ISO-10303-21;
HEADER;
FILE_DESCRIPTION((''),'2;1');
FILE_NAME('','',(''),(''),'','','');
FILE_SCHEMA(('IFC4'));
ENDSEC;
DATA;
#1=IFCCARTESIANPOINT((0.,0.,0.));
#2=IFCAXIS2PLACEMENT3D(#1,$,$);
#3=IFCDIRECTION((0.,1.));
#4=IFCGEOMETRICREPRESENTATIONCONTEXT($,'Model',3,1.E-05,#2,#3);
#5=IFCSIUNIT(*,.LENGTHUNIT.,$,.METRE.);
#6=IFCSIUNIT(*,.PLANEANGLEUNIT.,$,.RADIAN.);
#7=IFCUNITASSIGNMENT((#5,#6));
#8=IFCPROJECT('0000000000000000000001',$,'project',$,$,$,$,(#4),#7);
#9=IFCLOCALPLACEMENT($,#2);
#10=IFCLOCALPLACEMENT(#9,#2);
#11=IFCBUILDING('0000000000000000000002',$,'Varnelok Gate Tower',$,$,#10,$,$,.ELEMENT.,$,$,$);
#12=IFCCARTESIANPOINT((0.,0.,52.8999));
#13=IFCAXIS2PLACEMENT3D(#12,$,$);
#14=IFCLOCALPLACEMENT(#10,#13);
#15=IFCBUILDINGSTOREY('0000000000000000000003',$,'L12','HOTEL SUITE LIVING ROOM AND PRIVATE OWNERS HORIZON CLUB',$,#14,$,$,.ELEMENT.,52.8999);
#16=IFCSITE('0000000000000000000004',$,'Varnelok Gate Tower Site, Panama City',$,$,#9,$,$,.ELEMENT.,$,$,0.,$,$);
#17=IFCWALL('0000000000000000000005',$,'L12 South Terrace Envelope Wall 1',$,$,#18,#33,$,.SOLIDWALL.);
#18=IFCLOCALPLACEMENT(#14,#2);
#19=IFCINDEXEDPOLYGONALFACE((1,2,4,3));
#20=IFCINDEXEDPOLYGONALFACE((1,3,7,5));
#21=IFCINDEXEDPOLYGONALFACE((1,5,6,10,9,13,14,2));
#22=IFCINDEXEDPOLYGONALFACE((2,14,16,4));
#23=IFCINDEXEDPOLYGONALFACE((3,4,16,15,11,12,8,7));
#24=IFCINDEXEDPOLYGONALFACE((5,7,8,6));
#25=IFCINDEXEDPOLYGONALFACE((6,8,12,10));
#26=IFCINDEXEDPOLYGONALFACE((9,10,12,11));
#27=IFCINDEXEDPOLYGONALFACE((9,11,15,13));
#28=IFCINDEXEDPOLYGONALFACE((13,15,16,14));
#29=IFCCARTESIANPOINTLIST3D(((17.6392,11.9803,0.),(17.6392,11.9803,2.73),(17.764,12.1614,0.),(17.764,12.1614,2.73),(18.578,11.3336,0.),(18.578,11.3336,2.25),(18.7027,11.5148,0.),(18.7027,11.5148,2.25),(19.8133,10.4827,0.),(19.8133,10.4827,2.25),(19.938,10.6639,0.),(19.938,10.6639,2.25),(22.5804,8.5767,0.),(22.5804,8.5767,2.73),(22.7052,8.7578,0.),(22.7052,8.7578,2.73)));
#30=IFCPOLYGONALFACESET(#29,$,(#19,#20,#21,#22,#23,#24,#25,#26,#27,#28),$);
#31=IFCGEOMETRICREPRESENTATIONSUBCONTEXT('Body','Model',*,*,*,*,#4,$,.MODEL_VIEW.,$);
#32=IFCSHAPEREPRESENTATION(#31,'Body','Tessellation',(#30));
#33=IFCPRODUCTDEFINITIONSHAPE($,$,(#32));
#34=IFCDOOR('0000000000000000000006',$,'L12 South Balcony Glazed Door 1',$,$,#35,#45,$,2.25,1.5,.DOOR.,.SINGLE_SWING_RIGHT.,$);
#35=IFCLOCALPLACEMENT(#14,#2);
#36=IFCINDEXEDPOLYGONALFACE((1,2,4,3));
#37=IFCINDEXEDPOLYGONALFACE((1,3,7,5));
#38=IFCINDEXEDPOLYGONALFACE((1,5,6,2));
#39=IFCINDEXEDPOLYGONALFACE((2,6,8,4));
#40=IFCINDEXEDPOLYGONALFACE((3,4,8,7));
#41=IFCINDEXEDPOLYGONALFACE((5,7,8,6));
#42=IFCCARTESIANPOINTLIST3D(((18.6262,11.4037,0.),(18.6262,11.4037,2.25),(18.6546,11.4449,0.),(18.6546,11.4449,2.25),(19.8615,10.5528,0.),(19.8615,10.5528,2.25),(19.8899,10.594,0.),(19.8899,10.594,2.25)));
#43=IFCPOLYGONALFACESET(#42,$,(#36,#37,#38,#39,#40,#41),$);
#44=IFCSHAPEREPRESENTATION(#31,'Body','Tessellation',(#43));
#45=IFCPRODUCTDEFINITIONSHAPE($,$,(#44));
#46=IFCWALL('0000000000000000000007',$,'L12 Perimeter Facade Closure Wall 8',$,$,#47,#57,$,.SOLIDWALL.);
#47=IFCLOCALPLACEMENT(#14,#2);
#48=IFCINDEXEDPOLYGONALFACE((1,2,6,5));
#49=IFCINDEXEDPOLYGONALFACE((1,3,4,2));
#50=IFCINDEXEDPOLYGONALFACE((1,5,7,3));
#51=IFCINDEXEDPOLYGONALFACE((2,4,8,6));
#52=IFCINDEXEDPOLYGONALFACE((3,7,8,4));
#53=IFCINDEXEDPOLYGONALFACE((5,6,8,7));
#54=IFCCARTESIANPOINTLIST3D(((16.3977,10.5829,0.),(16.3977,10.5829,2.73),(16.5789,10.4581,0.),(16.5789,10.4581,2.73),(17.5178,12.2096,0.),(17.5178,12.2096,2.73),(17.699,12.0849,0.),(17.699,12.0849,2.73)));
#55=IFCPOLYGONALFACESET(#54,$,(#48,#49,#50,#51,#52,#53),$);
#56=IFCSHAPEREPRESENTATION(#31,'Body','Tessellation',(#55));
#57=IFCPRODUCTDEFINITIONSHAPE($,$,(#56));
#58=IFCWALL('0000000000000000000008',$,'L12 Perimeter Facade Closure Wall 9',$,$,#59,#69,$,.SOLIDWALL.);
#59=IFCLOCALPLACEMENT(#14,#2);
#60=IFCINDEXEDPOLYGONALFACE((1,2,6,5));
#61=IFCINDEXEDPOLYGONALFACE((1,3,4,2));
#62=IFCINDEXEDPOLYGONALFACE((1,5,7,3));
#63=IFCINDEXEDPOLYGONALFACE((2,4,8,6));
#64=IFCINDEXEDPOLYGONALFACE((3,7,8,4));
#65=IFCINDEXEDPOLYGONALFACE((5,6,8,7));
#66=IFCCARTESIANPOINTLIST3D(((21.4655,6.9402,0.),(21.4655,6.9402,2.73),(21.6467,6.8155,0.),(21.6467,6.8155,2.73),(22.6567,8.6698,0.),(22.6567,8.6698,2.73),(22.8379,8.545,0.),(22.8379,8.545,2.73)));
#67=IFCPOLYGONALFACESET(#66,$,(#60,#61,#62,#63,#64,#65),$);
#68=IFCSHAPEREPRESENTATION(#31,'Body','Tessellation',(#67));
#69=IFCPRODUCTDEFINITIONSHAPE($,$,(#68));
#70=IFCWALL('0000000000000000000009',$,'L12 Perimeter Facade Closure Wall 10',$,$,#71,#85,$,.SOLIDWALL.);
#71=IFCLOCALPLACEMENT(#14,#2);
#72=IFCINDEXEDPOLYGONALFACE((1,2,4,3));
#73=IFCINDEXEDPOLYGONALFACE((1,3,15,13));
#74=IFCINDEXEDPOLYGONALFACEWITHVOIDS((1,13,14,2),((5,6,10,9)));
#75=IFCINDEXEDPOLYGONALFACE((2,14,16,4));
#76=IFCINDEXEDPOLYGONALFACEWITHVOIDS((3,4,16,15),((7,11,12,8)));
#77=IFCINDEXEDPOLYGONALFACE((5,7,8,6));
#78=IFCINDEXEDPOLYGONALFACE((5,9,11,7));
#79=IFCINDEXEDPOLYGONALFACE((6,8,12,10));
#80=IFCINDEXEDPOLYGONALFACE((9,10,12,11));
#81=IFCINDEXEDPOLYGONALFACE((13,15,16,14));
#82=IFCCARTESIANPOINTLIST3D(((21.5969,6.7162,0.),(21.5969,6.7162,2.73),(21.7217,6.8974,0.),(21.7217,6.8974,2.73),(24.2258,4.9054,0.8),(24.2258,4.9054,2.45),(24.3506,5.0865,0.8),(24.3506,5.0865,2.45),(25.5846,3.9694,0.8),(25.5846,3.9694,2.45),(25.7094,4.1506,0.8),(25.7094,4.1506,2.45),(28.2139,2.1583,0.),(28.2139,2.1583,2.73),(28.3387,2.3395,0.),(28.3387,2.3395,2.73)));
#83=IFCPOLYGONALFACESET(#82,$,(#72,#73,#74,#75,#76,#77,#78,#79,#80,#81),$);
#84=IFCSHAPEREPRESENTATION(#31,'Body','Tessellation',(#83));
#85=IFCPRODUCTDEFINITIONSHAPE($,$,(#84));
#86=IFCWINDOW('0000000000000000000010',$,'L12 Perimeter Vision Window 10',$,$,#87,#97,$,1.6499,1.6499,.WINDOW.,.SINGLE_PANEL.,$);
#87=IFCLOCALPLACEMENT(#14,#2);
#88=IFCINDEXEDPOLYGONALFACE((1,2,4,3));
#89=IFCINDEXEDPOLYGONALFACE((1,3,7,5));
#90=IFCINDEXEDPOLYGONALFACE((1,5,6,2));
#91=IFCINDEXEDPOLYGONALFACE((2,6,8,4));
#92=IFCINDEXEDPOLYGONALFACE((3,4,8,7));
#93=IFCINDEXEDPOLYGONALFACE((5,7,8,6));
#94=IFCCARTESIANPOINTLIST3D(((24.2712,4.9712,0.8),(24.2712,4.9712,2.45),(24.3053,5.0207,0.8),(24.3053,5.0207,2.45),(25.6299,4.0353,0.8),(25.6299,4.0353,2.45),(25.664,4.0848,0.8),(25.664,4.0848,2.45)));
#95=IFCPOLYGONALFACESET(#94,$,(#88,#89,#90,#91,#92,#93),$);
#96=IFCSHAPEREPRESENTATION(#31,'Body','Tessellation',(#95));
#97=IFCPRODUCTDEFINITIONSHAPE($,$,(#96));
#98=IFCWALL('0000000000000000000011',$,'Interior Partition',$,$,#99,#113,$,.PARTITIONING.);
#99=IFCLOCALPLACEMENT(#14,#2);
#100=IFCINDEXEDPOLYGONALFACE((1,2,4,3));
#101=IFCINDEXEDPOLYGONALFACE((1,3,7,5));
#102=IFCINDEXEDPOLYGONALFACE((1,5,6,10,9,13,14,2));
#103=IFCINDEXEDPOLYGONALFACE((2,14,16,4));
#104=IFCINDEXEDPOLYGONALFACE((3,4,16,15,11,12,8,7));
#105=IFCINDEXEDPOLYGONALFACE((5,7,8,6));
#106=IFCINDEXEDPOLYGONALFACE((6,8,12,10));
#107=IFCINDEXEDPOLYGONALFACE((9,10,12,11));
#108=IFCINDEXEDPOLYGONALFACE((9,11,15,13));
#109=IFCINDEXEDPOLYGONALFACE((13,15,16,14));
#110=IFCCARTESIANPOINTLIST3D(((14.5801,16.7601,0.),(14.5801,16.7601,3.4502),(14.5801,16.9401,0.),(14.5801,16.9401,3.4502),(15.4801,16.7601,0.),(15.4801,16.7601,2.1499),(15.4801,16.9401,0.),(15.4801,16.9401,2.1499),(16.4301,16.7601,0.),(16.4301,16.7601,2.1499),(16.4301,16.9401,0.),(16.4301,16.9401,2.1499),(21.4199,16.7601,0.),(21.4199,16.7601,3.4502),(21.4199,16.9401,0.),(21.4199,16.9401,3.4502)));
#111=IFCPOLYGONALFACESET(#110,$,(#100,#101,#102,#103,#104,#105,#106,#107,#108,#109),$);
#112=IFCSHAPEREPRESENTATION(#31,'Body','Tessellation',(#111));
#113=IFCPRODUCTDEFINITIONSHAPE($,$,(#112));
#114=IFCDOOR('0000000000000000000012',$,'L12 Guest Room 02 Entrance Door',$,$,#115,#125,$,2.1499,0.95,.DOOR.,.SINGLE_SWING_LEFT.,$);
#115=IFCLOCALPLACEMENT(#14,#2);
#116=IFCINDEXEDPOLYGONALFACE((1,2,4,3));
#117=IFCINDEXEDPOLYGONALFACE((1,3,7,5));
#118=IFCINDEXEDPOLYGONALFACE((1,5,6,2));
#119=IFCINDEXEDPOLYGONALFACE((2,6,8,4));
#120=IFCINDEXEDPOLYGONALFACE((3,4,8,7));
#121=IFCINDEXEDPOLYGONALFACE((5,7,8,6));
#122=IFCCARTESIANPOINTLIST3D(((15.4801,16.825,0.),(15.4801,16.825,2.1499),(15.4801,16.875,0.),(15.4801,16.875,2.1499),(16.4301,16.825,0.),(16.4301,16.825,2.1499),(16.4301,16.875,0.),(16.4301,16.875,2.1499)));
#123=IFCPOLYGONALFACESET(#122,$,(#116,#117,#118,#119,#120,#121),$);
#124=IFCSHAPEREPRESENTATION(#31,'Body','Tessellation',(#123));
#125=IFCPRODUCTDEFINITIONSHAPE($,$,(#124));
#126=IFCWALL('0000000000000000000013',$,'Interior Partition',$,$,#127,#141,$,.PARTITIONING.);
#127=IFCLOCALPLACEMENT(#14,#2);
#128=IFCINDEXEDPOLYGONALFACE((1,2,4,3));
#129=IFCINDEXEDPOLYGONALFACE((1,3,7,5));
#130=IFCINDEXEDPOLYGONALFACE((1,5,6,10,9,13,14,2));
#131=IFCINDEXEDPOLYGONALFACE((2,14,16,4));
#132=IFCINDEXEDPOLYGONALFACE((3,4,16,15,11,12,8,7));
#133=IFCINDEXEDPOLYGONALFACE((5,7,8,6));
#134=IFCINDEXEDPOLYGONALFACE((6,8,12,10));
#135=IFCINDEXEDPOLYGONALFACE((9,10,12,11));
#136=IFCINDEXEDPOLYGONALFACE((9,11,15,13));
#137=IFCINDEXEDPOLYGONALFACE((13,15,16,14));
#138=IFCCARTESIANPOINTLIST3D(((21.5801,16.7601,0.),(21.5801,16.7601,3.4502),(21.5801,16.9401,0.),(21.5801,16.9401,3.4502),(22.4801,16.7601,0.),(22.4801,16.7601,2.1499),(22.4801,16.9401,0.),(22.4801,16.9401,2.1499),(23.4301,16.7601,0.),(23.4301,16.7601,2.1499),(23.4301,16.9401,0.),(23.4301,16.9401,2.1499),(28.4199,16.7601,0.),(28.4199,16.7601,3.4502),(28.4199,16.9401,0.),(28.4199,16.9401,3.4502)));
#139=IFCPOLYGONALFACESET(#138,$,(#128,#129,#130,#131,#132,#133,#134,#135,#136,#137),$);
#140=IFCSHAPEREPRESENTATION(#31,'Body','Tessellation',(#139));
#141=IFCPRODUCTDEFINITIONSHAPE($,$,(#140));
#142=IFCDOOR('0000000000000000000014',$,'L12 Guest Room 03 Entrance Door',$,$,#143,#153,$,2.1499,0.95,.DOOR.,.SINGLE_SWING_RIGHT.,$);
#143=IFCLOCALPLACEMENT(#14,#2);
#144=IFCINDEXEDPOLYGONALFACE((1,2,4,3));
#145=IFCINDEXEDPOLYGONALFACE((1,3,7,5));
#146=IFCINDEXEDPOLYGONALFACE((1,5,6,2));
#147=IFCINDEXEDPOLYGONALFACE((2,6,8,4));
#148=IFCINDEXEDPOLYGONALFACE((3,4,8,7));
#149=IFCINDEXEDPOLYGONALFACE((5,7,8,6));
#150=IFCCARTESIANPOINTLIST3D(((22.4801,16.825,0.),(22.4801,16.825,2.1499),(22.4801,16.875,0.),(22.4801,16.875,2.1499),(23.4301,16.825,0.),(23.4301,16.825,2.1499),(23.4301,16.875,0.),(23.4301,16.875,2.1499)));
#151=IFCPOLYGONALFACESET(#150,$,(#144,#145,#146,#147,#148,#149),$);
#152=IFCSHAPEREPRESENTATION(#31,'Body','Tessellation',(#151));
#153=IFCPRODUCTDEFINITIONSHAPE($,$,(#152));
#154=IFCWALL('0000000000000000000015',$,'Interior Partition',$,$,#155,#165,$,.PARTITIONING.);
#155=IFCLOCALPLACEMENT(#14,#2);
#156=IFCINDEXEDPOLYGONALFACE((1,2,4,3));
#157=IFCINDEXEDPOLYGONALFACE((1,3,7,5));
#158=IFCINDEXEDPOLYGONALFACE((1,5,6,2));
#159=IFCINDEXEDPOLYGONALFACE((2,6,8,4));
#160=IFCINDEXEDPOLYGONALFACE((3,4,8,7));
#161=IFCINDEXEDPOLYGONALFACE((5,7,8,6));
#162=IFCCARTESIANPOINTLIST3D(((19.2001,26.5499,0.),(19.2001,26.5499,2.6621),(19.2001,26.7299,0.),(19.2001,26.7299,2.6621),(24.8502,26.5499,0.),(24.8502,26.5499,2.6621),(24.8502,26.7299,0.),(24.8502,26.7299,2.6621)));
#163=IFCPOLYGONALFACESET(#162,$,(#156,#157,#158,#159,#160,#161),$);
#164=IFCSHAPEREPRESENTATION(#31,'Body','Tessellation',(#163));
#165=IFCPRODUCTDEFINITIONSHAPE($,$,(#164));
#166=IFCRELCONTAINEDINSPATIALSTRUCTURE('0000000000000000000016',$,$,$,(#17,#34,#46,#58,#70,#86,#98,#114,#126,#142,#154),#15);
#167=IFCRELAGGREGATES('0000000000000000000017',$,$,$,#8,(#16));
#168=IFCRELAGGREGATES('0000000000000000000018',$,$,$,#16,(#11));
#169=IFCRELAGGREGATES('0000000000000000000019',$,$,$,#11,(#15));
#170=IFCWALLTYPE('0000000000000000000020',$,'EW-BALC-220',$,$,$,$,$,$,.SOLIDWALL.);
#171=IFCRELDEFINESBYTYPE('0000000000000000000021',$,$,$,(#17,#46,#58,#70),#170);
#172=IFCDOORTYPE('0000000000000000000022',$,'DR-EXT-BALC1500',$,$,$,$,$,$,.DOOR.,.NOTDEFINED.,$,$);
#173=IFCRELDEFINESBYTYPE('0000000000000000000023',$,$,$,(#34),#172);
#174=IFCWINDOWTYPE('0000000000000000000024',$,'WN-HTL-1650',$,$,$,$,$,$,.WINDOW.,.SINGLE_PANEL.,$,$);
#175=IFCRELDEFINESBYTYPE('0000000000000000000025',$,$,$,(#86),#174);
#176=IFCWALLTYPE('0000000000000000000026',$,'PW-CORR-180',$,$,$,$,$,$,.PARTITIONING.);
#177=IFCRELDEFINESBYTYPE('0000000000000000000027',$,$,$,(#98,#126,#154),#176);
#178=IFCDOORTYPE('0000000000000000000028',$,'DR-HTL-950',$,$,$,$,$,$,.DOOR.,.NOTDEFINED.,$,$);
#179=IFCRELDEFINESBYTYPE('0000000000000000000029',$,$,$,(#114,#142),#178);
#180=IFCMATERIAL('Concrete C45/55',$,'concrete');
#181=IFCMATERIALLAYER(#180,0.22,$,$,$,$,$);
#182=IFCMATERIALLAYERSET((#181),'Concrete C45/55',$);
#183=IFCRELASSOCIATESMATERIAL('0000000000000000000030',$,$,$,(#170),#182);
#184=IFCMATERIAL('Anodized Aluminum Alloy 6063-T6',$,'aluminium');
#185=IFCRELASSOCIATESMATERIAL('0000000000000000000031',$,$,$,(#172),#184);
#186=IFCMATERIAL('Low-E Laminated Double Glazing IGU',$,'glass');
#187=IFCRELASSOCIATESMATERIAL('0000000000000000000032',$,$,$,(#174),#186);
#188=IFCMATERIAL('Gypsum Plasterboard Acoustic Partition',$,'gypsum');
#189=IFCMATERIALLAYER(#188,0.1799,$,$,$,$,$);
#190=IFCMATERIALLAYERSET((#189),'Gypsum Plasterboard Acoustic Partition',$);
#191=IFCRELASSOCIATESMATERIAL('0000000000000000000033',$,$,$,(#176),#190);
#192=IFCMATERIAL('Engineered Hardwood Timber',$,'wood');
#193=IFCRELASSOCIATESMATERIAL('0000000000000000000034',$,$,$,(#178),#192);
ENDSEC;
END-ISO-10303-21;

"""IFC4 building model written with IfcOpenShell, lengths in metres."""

from ifc_helpers import new_model, si_unit, direction, frame, frame_2d, origin, place, context, subcontext, project, spatial, rectangle, extrude, material, layer, layer_set, type_object, element, fill, save


model = new_model("IFC4")

# Units and contexts
model_context = context("Model", 3, precision=1e-05, world=origin(), true_north=direction((0.0, 1.0)))
body_context = subcontext(model_context, "Body", "Model", "MODEL_VIEW")
ifc_project = project(units=[si_unit("LENGTHUNIT", "METRE"), si_unit("PLANEANGLEUNIT", "RADIAN")], contexts=[model_context])

# Site, building, storey
site_placement = place(None, origin())
site = spatial("IfcSite", under=ifc_project, at=site_placement, Name="Varnelok Gate Tower Site, Panama City", CompositionType="ELEMENT", RefElevation=0.0)
building_placement = place(site_placement, origin())
building = spatial("IfcBuilding", under=site, at=building_placement, Name="Varnelok Gate Tower", CompositionType="ELEMENT")
storey_placement = place(building_placement, frame((0.0, 0.0, 52.8999)))
storey = spatial("IfcBuildingStorey", under=building, at=storey_placement, Name="L12", Description="HOTEL SUITE LIVING ROOM AND PRIVATE OWNERS HORIZON CLUB", CompositionType="ELEMENT", Elevation=52.8999)

# Wall, opening, door
ifc_material_1 = material(Name="Concrete C45/55", Category="concrete")
ifc_layer_1 = layer(ifc_material_1, 0.22)
ifc_layer_set_1 = layer_set([ifc_layer_1], Name="Concrete C45/55")
wall_type_1 = type_object("IfcWallType", Name="EW-BALC-220", PredefinedType="SOLIDWALL", material=ifc_layer_set_1)
wall_1_placement = place(storey_placement, frame((22.6428, 8.6672, 0.0), z_axis=(0.0, 0.0, 1.0), x_axis=(-0.823535, 0.567266, 0.0)))
wall_1 = element("IfcWall", 1, at=wall_1_placement, inside=storey, type_object=wall_type_1, Name="L12 South Terrace Envelope Wall 1", PredefinedType="SOLIDWALL", context=body_context, shape_type="SweptSolid", body=[
    extrude(rectangle(XDim=6.0, YDim=0.22, at=frame_2d((3.0, 0.0))), origin(), (0.0, 0.0, 1.0), 2.73),
])
opening_1_placement = place(wall_1_placement, frame((3.3601, 0.0, 0.0)))
opening_1 = element("IfcOpeningElement", 2, at=opening_1_placement, cuts=wall_1, PredefinedType="OPENING", context=body_context, shape_type="SweptSolid", body=[
    extrude(rectangle(XDim=1.5, YDim=2.25, at=frame_2d((0.75, 1.125))), frame((0.0, 0.1199, 0.0), z_axis=(0.0, -1.0, 0.0), x_axis=(1.0, 0.0, 0.0)), (0.0, 0.0, 1.0), 0.24),
])
ifc_material_2 = material(Name="Anodized Aluminum Alloy 6063-T6", Category="aluminium")
door_type_1 = type_object("IfcDoorType", Name="DR-EXT-BALC1500", OperationType="NOTDEFINED", PredefinedType="DOOR", material=ifc_material_2)
door_1_placement = place(opening_1_placement, origin())
door_1 = element("IfcDoor", 3, at=door_1_placement, inside=storey, type_object=door_type_1, Name="L12 South Balcony Glazed Door 1", OperationType="SINGLE_SWING_RIGHT", OverallHeight=2.25, OverallWidth=1.5, PredefinedType="DOOR", context=body_context, shape_type="SweptSolid", body=[
    extrude(rectangle(XDim=1.5, YDim=2.25, at=frame_2d((0.75, 1.125))), frame((0.0, 0.0249, 0.0), z_axis=(0.0, -1.0, 0.0), x_axis=(1.0, 0.0, 0.0)), (0.0, 0.0, 1.0), 0.05),
])
fill(opening_1, door_1)

# Walls
wall_2_placement = place(storey_placement, frame((16.4883, 10.5205, 0.0), z_axis=(0.0, 0.0, 1.0), x_axis=(0.567132, 0.823627, 0.0)))
element("IfcWall", 4, at=wall_2_placement, inside=storey, type_object=wall_type_1, Name="L12 Perimeter Facade Closure Wall 8", PredefinedType="SOLIDWALL", context=body_context, shape_type="SweptSolid", body=[
    extrude(rectangle(XDim=1.9751, YDim=0.22, at=frame_2d((0.9875, 0.0))), origin(), (0.0, 0.0, 1.0), 2.73),
])
wall_3_placement = place(storey_placement, frame((22.7473, 8.6074, 0.0), z_axis=(0.0, 0.0, 1.0), x_axis=(-0.567219, -0.823567, 0.0)))
element("IfcWall", 5, at=wall_3_placement, inside=storey, type_object=wall_type_1, Name="L12 Perimeter Facade Closure Wall 9", PredefinedType="SOLIDWALL", context=body_context, shape_type="SweptSolid", body=[
    extrude(rectangle(XDim=2.1001, YDim=0.22, at=frame_2d((1.05, 0.0))), origin(), (0.0, 0.0, 1.0), 2.73),
])

# Wall, opening, window
wall_4_placement = place(storey_placement, frame((21.6592, 6.8069, 0.0), z_axis=(0.0, 0.0, 1.0), x_axis=(0.823535, -0.567265, 0.0)))
wall_4 = element("IfcWall", 6, at=wall_4_placement, inside=storey, type_object=wall_type_1, Name="L12 Perimeter Facade Closure Wall 10", PredefinedType="SOLIDWALL", context=body_context, shape_type="SweptSolid", body=[
    extrude(rectangle(XDim=8.0349, YDim=0.22, at=frame_2d((4.0176, 0.0))), origin(), (0.0, 0.0, 1.0), 2.73),
])
opening_2_placement = place(wall_4_placement, frame((3.1924, 0.0, 0.8)))
opening_2 = element("IfcOpeningElement", 7, at=opening_2_placement, cuts=wall_4, PredefinedType="OPENING", context=body_context, shape_type="SweptSolid", body=[
    extrude(rectangle(XDim=1.6499, YDim=1.6499, at=frame_2d((0.825, 0.825))), frame((0.0, 0.1199, 0.0), z_axis=(0.0, -1.0, 0.0), x_axis=(1.0, 0.0, 0.0)), (0.0, 0.0, 1.0), 0.24),
])
ifc_material_3 = material(Name="Low-E Laminated Double Glazing IGU", Category="glass")
window_type = type_object("IfcWindowType", Name="WN-HTL-1650", PartitioningType="SINGLE_PANEL", PredefinedType="WINDOW", material=ifc_material_3)
window_placement = place(opening_2_placement, origin())
window = element("IfcWindow", 8, at=window_placement, inside=storey, type_object=window_type, Name="L12 Perimeter Vision Window 10", OverallHeight=1.6499, OverallWidth=1.6499, PartitioningType="SINGLE_PANEL", PredefinedType="WINDOW", context=body_context, shape_type="SweptSolid", body=[
    extrude(rectangle(XDim=1.6499, YDim=1.6499, at=frame_2d((0.825, 0.825))), frame((0.0, 0.03, 0.0), z_axis=(0.0, -1.0, 0.0), x_axis=(1.0, 0.0, 0.0)), (0.0, 0.0, 1.0), 0.0601),
])
fill(opening_2, window)

# Walls, openings, doors
ifc_material_4 = material(Name="Gypsum Plasterboard Acoustic Partition", Category="gypsum")
ifc_layer_2 = layer(ifc_material_4, 0.1799)
ifc_layer_set_2 = layer_set([ifc_layer_2], Name="Gypsum Plasterboard Acoustic Partition")
wall_type_2 = type_object("IfcWallType", Name="PW-CORR-180", PredefinedType="PARTITIONING", material=ifc_layer_set_2)
wall_5_placement = place(storey_placement, frame((14.5801, 16.8501, 0.0), z_axis=(0.0, 0.0, 1.0), x_axis=(1.0, 0.0, 0.0)))
wall_5 = element("IfcWall", 9, at=wall_5_placement, inside=storey, type_object=wall_type_2, Name="Interior Partition", PredefinedType="PARTITIONING", context=body_context, shape_type="SweptSolid", body=[
    extrude(rectangle(XDim=6.8398, YDim=0.1799, at=frame_2d((3.4199, 0.0))), origin(), (0.0, 0.0, 1.0), 3.4502),
])
opening_3_placement = place(wall_5_placement, frame((0.8999, 0.0, 0.0)))
opening_3 = element("IfcOpeningElement", 10, at=opening_3_placement, cuts=wall_5, PredefinedType="OPENING", context=body_context, shape_type="SweptSolid", body=[
    extrude(rectangle(XDim=0.95, YDim=2.1499, at=frame_2d((0.4751, 1.075))), frame((0.0, 0.0999, 0.0), z_axis=(0.0, -1.0, 0.0), x_axis=(1.0, 0.0, 0.0)), (0.0, 0.0, 1.0), 0.2),
])
ifc_material_5 = material(Name="Engineered Hardwood Timber", Category="wood")
door_type_2 = type_object("IfcDoorType", Name="DR-HTL-950", OperationType="NOTDEFINED", PredefinedType="DOOR", material=ifc_material_5)
door_2_placement = place(opening_3_placement, origin())
door_2 = element("IfcDoor", 11, at=door_2_placement, inside=storey, type_object=door_type_2, Name="L12 Guest Room 02 Entrance Door", OperationType="SINGLE_SWING_LEFT", OverallHeight=2.1499, OverallWidth=0.95, PredefinedType="DOOR", context=body_context, shape_type="SweptSolid", body=[
    extrude(rectangle(XDim=0.95, YDim=2.1499, at=frame_2d((0.4751, 1.075))), frame((0.0, 0.0249, 0.0), z_axis=(0.0, -1.0, 0.0), x_axis=(1.0, 0.0, 0.0)), (0.0, 0.0, 1.0), 0.05),
])
fill(opening_3, door_2)
wall_6_placement = place(storey_placement, frame((21.5801, 16.8501, 0.0), z_axis=(0.0, 0.0, 1.0), x_axis=(1.0, 0.0, 0.0)))
wall_6 = element("IfcWall", 12, at=wall_6_placement, inside=storey, type_object=wall_type_2, Name="Interior Partition", PredefinedType="PARTITIONING", context=body_context, shape_type="SweptSolid", body=[
    extrude(rectangle(XDim=6.8398, YDim=0.1799, at=frame_2d((3.4199, 0.0))), origin(), (0.0, 0.0, 1.0), 3.4502),
])
opening_4_placement = place(wall_6_placement, frame((0.8999, 0.0, 0.0)))
opening_4 = element("IfcOpeningElement", 13, at=opening_4_placement, cuts=wall_6, PredefinedType="OPENING", context=body_context, shape_type="SweptSolid", body=[
    extrude(rectangle(XDim=0.95, YDim=2.1499, at=frame_2d((0.4751, 1.075))), frame((0.0, 0.0999, 0.0), z_axis=(0.0, -1.0, 0.0), x_axis=(1.0, 0.0, 0.0)), (0.0, 0.0, 1.0), 0.2),
])
door_3_placement = place(opening_4_placement, origin())
door_3 = element("IfcDoor", 14, at=door_3_placement, inside=storey, type_object=door_type_2, Name="L12 Guest Room 03 Entrance Door", OperationType="SINGLE_SWING_RIGHT", OverallHeight=2.1499, OverallWidth=0.95, PredefinedType="DOOR", context=body_context, shape_type="SweptSolid", body=[
    extrude(rectangle(XDim=0.95, YDim=2.1499, at=frame_2d((0.4751, 1.075))), frame((0.0, 0.0249, 0.0), z_axis=(0.0, -1.0, 0.0), x_axis=(1.0, 0.0, 0.0)), (0.0, 0.0, 1.0), 0.05),
])
fill(opening_4, door_3)

# Wall
wall_7_placement = place(storey_placement, frame((19.2, 26.6399, 0.0), z_axis=(0.0, 0.0, 1.0), x_axis=(1.0, 0.0, 0.0)))
element("IfcWall", 15, at=wall_7_placement, inside=storey, type_object=wall_type_2, Name="Interior Partition", PredefinedType="PARTITIONING", context=body_context, shape_type="SweptSolid", body=[
    extrude(rectangle(XDim=5.6501, YDim=0.1799, at=frame_2d((2.8252, 0.0))), origin(), (0.0, 0.0, 1.0), 2.6621),
])

save(model, "model.ifc")
